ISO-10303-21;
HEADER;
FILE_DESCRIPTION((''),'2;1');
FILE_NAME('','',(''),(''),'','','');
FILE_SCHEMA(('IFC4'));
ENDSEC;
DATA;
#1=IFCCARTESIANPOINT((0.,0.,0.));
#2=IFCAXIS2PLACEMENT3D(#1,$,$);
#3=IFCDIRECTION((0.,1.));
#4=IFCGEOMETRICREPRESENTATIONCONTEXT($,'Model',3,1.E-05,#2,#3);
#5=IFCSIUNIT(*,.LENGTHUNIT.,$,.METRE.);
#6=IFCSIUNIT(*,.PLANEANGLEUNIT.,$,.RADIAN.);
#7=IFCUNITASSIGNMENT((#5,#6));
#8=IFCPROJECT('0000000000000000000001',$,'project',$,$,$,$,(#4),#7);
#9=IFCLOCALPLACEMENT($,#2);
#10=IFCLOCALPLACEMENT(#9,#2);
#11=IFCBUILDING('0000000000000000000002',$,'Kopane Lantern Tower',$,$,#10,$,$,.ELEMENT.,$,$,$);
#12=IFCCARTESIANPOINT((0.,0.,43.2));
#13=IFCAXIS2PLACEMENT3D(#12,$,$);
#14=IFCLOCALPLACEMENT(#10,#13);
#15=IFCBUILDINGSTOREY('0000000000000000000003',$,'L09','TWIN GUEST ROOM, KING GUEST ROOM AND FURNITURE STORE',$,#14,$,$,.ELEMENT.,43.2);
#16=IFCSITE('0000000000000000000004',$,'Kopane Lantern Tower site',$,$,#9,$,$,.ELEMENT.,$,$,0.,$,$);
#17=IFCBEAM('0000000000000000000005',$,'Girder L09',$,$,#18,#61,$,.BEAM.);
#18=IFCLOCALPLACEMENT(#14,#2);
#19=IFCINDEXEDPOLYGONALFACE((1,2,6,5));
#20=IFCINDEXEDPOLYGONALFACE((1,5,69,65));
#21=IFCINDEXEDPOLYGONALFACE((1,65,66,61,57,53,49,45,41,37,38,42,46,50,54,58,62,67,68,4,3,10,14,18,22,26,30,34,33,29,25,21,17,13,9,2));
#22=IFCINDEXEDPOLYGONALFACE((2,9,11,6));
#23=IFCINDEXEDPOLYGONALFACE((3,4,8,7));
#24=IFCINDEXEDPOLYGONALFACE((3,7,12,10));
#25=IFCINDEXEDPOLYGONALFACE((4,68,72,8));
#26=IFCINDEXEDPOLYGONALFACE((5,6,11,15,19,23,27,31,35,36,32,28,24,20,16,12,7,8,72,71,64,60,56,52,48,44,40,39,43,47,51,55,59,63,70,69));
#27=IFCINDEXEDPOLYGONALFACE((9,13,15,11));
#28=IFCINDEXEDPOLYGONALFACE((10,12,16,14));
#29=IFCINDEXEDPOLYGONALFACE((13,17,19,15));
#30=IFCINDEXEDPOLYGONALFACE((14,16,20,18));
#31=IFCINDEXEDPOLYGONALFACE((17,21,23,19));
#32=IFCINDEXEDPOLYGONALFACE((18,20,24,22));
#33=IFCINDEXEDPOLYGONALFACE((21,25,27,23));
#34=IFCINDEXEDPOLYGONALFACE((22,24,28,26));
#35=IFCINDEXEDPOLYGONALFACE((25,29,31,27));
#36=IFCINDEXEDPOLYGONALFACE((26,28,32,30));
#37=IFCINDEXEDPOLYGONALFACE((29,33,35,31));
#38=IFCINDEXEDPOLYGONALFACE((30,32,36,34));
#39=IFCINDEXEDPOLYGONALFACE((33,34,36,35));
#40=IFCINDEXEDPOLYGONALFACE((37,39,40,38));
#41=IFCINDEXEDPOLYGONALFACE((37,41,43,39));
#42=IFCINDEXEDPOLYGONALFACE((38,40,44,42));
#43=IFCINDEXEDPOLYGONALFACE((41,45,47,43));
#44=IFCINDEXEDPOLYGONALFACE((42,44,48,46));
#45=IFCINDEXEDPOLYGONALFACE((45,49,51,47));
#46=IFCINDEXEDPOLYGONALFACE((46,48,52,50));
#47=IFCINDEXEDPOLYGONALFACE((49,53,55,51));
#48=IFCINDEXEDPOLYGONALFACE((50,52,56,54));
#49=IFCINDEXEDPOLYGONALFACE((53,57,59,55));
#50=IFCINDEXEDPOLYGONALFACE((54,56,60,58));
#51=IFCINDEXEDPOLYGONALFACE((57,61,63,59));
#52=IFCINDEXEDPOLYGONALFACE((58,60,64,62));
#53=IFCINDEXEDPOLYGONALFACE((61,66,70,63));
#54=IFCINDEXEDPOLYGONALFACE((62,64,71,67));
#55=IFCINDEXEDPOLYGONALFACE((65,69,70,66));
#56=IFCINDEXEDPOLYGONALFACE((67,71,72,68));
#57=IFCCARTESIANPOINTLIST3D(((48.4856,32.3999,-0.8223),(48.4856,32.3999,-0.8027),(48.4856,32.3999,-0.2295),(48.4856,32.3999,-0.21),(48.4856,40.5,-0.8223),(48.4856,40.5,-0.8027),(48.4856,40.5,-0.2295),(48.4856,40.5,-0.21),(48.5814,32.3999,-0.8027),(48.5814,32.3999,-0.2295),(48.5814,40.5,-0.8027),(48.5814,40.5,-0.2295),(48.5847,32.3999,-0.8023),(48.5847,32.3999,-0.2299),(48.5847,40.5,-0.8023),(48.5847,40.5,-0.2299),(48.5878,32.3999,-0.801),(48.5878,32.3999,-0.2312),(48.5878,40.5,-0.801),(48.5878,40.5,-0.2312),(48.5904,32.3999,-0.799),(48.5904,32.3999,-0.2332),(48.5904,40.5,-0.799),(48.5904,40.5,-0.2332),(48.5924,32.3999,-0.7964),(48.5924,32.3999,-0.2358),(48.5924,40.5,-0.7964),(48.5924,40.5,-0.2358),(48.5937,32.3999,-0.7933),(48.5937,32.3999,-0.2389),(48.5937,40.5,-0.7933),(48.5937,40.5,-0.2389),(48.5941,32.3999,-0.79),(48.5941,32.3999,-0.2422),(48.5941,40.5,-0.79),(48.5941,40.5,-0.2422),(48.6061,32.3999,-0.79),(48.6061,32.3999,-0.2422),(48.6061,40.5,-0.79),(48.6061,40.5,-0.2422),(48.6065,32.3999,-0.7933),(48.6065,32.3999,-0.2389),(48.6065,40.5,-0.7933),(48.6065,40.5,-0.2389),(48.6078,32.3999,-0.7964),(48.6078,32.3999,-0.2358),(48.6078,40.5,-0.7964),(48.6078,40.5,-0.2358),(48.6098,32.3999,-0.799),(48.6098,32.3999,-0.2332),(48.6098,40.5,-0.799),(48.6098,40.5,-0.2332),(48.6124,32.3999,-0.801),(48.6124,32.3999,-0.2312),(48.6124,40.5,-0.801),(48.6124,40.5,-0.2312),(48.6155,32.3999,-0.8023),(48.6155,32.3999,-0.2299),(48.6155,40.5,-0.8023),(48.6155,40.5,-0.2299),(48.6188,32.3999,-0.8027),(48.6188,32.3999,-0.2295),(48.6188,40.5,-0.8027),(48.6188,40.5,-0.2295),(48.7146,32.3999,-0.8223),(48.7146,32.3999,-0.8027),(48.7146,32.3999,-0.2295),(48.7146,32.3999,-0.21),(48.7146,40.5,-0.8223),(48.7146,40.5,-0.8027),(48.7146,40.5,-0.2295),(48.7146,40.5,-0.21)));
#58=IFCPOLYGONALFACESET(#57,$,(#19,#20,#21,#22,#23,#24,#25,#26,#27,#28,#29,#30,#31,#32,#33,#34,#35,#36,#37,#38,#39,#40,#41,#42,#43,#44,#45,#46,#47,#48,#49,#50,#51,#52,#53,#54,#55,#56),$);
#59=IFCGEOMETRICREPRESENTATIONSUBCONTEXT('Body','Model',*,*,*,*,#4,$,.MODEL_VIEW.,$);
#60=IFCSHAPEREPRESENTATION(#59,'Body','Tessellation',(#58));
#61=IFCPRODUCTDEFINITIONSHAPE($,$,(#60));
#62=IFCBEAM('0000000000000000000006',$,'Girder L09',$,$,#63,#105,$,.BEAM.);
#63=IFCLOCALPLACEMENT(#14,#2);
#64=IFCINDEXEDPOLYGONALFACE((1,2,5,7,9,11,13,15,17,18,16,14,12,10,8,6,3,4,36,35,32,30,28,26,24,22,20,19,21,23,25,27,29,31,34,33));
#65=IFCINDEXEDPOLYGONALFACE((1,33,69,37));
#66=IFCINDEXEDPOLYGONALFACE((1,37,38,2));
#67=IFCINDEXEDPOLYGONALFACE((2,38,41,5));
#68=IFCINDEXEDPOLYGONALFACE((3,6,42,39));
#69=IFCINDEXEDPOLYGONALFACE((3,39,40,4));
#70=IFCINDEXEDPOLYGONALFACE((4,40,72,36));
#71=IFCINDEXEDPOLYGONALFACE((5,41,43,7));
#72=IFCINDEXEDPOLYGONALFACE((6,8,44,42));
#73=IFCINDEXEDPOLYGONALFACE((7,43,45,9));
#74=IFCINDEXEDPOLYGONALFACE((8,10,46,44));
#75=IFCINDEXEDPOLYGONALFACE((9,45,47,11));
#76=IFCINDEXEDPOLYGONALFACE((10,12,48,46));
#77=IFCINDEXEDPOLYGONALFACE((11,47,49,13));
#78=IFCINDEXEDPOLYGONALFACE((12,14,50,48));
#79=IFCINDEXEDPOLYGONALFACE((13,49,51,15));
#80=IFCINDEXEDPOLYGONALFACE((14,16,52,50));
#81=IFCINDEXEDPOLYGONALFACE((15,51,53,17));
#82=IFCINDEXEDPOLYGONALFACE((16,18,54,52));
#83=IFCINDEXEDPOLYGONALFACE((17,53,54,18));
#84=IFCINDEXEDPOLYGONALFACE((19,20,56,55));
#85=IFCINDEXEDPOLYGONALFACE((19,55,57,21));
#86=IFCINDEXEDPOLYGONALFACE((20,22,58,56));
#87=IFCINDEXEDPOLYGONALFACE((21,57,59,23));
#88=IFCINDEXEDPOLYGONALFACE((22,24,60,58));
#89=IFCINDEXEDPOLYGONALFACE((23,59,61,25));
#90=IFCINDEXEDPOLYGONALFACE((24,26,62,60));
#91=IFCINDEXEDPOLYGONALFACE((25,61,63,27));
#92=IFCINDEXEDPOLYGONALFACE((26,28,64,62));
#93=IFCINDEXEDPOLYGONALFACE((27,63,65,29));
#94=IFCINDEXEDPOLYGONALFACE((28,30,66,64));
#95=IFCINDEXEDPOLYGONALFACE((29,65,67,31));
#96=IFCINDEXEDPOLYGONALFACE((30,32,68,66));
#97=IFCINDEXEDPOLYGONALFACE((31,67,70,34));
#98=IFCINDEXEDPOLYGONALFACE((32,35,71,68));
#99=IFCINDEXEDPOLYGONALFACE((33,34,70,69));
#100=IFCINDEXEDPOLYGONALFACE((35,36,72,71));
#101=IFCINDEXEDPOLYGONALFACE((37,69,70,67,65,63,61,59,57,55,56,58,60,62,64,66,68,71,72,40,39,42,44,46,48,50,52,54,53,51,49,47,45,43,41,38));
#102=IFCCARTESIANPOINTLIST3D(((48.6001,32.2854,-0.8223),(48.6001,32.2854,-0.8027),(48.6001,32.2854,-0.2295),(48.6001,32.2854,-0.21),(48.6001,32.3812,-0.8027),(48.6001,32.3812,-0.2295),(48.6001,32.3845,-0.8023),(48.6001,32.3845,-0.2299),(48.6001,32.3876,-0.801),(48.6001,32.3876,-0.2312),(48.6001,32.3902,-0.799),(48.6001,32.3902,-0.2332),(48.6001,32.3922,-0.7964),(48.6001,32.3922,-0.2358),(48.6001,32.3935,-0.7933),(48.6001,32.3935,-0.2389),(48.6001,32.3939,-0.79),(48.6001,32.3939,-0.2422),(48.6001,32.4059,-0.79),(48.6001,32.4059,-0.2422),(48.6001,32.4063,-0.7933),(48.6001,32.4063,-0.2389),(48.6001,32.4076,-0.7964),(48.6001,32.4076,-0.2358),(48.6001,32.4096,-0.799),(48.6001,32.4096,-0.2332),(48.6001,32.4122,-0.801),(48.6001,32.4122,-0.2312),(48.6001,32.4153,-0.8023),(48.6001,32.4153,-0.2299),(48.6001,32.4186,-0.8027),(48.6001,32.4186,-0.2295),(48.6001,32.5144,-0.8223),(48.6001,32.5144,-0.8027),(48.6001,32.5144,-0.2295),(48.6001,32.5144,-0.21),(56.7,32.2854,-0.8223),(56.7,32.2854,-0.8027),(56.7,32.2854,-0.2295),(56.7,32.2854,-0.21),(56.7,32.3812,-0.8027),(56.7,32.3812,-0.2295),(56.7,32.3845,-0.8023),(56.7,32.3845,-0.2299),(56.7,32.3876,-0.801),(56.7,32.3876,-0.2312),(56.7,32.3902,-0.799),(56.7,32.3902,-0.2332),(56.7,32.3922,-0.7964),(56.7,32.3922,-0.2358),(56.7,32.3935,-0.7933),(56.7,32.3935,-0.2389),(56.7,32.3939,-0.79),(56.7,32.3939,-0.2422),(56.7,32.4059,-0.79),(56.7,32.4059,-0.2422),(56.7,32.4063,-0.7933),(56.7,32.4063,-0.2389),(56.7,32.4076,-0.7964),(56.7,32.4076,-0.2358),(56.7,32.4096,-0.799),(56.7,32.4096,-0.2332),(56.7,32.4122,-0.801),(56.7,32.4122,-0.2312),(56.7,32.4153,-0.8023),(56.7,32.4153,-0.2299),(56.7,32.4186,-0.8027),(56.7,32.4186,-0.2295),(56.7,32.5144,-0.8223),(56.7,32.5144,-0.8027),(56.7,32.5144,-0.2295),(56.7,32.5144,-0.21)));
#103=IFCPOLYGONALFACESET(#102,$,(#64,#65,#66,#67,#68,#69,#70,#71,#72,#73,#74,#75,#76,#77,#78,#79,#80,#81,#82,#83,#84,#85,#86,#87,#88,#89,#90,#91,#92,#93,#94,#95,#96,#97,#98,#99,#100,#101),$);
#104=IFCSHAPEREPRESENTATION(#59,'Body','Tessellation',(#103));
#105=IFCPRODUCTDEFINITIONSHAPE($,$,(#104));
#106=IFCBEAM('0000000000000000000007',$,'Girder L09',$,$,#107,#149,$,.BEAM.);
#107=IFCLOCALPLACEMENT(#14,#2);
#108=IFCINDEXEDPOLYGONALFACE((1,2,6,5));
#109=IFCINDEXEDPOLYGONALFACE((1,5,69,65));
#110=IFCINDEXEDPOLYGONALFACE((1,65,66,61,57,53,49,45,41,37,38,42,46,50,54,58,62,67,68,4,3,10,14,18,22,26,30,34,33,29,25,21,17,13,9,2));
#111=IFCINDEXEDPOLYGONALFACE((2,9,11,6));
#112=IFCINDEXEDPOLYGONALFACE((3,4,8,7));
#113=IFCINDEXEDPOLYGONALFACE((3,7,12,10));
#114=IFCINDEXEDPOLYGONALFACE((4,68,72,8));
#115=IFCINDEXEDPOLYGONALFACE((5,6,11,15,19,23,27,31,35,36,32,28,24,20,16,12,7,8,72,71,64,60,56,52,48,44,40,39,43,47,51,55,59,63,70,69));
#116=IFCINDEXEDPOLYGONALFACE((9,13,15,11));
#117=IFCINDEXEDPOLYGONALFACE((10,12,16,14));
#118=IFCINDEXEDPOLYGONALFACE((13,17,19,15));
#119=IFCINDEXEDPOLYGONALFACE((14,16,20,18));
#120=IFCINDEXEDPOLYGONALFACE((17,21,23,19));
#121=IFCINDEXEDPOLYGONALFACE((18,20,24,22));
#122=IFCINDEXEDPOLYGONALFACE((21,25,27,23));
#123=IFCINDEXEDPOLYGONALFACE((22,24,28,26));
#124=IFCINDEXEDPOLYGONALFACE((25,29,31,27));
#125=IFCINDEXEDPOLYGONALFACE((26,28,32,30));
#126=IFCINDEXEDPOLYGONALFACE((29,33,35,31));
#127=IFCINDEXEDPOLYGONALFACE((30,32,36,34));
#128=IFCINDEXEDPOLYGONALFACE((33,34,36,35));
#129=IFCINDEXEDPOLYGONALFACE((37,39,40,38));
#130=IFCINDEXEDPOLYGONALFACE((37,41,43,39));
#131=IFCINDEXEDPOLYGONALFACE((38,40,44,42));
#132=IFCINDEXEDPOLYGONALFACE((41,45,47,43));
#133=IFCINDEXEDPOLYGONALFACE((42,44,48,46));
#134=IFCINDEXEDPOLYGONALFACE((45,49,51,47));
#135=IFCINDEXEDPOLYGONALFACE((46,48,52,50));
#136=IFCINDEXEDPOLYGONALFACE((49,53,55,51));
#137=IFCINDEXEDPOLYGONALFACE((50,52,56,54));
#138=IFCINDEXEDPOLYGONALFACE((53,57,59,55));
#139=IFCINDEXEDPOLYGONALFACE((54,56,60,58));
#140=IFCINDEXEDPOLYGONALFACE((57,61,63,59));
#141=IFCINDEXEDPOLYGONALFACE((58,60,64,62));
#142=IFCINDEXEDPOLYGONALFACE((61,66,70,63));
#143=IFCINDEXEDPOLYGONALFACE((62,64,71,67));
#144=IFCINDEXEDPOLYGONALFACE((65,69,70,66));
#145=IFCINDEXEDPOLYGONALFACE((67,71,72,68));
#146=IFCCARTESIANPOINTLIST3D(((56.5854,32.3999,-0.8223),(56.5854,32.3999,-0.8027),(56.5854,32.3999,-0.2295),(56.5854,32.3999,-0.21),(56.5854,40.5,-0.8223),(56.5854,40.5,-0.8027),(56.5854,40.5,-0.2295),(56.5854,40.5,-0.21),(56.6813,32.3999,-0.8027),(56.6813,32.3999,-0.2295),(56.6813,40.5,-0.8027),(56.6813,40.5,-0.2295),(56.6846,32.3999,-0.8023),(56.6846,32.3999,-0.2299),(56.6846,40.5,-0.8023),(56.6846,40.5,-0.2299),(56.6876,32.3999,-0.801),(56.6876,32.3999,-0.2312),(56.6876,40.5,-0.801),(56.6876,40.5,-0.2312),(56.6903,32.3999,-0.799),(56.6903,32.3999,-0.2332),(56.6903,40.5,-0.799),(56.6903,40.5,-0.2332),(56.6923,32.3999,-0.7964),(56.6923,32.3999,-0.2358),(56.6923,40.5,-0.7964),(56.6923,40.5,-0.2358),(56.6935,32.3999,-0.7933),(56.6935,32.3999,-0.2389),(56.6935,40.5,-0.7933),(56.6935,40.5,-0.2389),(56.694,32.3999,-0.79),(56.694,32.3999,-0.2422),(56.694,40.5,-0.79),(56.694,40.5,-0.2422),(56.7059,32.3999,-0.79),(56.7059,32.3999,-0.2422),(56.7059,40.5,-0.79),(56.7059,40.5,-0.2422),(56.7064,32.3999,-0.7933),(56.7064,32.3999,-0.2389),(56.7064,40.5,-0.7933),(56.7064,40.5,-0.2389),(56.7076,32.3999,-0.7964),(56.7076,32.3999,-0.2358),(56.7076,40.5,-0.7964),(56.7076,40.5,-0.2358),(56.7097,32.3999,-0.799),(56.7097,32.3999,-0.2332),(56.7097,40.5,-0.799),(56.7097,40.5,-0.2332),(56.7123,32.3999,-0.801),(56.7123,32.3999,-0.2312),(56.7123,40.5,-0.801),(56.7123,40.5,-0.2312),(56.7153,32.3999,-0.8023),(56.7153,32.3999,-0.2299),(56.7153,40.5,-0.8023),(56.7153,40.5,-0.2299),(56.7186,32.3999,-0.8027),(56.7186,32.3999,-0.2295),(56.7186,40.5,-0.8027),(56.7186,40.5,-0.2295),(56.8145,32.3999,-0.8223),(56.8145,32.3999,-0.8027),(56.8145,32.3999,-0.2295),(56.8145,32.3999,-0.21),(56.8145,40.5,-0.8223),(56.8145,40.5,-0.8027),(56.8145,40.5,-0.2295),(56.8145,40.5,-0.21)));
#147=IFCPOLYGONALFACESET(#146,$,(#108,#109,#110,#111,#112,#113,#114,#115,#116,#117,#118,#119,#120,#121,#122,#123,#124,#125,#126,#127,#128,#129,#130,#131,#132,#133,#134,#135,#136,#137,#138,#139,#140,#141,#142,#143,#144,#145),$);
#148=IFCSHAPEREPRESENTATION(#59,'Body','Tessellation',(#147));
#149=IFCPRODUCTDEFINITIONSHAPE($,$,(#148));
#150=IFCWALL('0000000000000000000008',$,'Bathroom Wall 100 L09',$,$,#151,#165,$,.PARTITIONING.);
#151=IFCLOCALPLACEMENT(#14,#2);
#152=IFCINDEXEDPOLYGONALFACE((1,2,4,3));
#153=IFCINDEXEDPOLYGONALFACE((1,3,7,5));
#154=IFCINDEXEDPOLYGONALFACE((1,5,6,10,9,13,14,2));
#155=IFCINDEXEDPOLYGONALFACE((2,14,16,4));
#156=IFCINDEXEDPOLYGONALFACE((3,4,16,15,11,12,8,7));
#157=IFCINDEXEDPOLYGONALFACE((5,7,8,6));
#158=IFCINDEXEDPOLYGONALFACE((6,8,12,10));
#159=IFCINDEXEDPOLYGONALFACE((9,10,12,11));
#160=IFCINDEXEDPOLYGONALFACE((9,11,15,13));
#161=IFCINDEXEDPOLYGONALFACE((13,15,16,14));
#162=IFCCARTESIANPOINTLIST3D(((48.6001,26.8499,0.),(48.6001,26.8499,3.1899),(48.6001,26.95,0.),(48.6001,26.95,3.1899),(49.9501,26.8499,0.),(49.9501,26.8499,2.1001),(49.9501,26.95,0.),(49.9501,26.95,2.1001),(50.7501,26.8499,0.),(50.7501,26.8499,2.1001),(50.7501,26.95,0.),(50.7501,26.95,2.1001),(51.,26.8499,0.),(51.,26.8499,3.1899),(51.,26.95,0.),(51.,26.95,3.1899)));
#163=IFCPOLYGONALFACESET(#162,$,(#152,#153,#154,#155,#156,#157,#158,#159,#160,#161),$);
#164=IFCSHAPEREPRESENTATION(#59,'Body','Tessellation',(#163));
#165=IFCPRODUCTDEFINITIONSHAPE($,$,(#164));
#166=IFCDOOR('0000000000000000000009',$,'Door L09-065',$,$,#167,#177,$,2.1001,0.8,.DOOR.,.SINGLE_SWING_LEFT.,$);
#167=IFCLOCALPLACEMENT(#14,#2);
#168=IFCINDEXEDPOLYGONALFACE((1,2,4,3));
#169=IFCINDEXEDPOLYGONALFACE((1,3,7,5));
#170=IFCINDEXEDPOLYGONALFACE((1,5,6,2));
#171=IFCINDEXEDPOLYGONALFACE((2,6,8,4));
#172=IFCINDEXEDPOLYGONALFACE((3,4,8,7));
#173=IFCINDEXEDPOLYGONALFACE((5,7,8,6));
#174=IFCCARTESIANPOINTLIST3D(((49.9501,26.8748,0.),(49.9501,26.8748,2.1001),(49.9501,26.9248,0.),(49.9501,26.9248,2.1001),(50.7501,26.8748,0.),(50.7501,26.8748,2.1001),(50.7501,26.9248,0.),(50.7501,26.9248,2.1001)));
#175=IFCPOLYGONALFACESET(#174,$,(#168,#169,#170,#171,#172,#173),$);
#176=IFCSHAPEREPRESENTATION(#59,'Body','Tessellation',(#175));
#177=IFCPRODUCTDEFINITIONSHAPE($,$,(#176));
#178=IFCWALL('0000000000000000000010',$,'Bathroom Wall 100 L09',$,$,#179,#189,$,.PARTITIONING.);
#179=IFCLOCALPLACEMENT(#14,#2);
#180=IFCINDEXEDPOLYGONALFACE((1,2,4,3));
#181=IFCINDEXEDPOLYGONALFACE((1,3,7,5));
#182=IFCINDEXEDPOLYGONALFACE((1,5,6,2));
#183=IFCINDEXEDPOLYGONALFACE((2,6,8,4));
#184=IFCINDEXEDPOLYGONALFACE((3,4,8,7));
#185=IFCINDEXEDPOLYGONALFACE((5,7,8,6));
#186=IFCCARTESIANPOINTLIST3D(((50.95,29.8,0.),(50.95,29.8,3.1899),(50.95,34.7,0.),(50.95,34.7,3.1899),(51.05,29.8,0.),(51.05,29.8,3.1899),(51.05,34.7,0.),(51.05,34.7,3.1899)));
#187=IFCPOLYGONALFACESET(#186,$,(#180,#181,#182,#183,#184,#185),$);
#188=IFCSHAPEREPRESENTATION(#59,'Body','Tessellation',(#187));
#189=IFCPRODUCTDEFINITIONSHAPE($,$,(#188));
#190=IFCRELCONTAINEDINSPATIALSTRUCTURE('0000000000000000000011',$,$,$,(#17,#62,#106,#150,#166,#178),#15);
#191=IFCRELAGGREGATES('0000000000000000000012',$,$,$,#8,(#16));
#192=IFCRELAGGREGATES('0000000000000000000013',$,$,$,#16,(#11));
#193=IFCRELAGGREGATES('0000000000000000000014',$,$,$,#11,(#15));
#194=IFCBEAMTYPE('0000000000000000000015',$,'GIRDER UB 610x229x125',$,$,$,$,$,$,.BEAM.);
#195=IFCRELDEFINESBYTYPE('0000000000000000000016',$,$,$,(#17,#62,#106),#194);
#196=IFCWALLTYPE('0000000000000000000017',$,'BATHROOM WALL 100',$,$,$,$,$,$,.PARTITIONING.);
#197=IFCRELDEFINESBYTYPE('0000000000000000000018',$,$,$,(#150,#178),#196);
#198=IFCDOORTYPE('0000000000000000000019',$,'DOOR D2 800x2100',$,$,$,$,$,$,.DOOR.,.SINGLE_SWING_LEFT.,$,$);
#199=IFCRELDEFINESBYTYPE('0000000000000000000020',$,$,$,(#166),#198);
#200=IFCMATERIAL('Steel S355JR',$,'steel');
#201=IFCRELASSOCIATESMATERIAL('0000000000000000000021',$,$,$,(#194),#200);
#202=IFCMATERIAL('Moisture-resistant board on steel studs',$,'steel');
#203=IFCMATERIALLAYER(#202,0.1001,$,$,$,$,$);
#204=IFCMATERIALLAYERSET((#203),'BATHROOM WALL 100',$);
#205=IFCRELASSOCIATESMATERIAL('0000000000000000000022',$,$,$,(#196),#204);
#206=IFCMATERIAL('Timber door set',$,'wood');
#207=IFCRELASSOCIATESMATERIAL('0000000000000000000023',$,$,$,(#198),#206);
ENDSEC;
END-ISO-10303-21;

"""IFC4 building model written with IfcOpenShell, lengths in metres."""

from ifc_helpers import new_model, si_unit, direction, frame, frame_2d, origin, origin_2d, place, context, subcontext, project, spatial, rectangle, i_section, extrude, material, layer, layer_set, material_profile, profile_set, type_object, element, fill, save


model = new_model("IFC4")

# Units and contexts
model_context = context("Model", 3, precision=1e-05, world=origin(), true_north=direction((0.0, 1.0)))
body_context = subcontext(model_context, "Body", "Model", "MODEL_VIEW")
ifc_project = project(units=[si_unit("LENGTHUNIT", "METRE"), si_unit("PLANEANGLEUNIT", "RADIAN")], contexts=[model_context])

# Site, building, storey
site_placement = place(None, origin())
site = spatial("IfcSite", under=ifc_project, at=site_placement, Name="Kopane Lantern Tower site", CompositionType="ELEMENT", RefElevation=0.0)
building_placement = place(site_placement, origin())
building = spatial("IfcBuilding", under=site, at=building_placement, Name="Kopane Lantern Tower", CompositionType="ELEMENT")
storey_placement = place(building_placement, frame((0.0, 0.0, 43.2)))
storey = spatial("IfcBuildingStorey", under=building, at=storey_placement, Name="L09", Description="TWIN GUEST ROOM, KING GUEST ROOM AND FURNITURE STORE", CompositionType="ELEMENT", Elevation=43.2)

# Beams
ifc_material_1 = material(Name="Steel S355JR", Category="steel")
ifc_material_profile_1 = material_profile(ifc_material_1, i_section(OverallWidth=0.229, OverallDepth=0.6123, WebThickness=0.012, FlangeThickness=0.0195, FilletRadius=0.0127, at=origin_2d()), Name="UB 610x229x125")
ifc_profile_set_1 = profile_set([ifc_material_profile_1], Name="Steel S355JR")
beam_type = type_object("IfcBeamType", Name="GIRDER UB 610x229x125", PredefinedType="BEAM", material=ifc_profile_set_1)
for number, where, z_axis, x_axis, name in (
    (1, (48.6001, 32.3999, -0.5161), (0.0, 1.0, 0.0), (-1.0, 0.0, 0.0), "Girder L09"),
):
    element("IfcBeam", number, at=place(storey_placement, frame(where, z_axis=z_axis, x_axis=x_axis)), inside=storey, type_object=beam_type, Name=name, PredefinedType="BEAM", context=body_context, shape_type="SweptSolid", body=[
        extrude(i_section(OverallWidth=0.229, OverallDepth=0.6123, WebThickness=0.012, FlangeThickness=0.0195, FilletRadius=0.0127, at=origin_2d()), origin(), (0.0, 0.0, 1.0), 8.1001),
    ])
beam_1_placement = place(storey_placement, frame((48.6001, 32.3999, -0.5161), z_axis=(1.0, 0.0, 0.0), x_axis=(0.0, 1.0, 0.0)))
element("IfcBeam", 2, at=beam_1_placement, inside=storey, type_object=beam_type, Name="Girder L09", PredefinedType="BEAM", context=body_context, shape_type="SweptSolid", body=[
    extrude(i_section(OverallWidth=0.229, OverallDepth=0.6123, WebThickness=0.012, FlangeThickness=0.0195, FilletRadius=0.0127, at=origin_2d()), origin(), (0.0, 0.0, 1.0), 8.0999),
])
beam_2_placement = place(storey_placement, frame((56.7, 32.3999, -0.5161), z_axis=(0.0, 1.0, 0.0), x_axis=(-1.0, 0.0, 0.0)))
element("IfcBeam", 3, at=beam_2_placement, inside=storey, type_object=beam_type, Name="Girder L09", PredefinedType="BEAM", context=body_context, shape_type="SweptSolid", body=[
    extrude(i_section(OverallWidth=0.229, OverallDepth=0.6123, WebThickness=0.012, FlangeThickness=0.0195, FilletRadius=0.0127, at=origin_2d()), origin(), (0.0, 0.0, 1.0), 8.1001),
])

# Wall, opening, door
ifc_material_2 = material(Name="Moisture-resistant board on steel studs", Category="steel")
ifc_layer_1 = layer(ifc_material_2, 0.1001)
ifc_layer_set_1 = layer_set([ifc_layer_1], Name="BATHROOM WALL 100")
wall_type_1 = type_object("IfcWallType", Name="BATHROOM WALL 100", PredefinedType="PARTITIONING", material=ifc_layer_set_1)
wall_1_placement = place(storey_placement, frame((48.6001, 26.8999, 0.0), z_axis=(0.0, 0.0, 1.0), x_axis=(1.0, 0.0, 0.0)))
wall_1 = element("IfcWall", 4, at=wall_1_placement, inside=storey, type_object=wall_type_1, Name="Bathroom Wall 100 L09", PredefinedType="PARTITIONING", context=body_context, shape_type="SweptSolid", body=[
    extrude(rectangle(XDim=2.3999, YDim=0.1001, at=frame_2d((1.2, 0.0))), origin(), (0.0, 0.0, 1.0), 3.1899),
])
opening_1_placement = place(wall_1_placement, frame((1.3501, 0.0, 0.0)))
opening_1 = element("IfcOpeningElement", 5, at=opening_1_placement, cuts=wall_1, PredefinedType="OPENING", context=body_context, shape_type="SweptSolid", body=[
    extrude(rectangle(XDim=0.8, YDim=2.1001, at=frame_2d((0.3999, 1.05))), frame((0.0, 0.0601, 0.0), z_axis=(0.0, -1.0, 0.0), x_axis=(1.0, 0.0, 0.0)), (0.0, 0.0, 1.0), 0.1201),
])
ifc_material_3 = material(Name="Timber door set", Category="wood")
door_type = type_object("IfcDoorType", Name="DOOR D2 800x2100", OperationType="SINGLE_SWING_LEFT", PredefinedType="DOOR", material=ifc_material_3)
door_1_placement = place(opening_1_placement, origin())
door_1 = element("IfcDoor", 6, at=door_1_placement, inside=storey, type_object=door_type, Name="Door L09-065", OperationType="SINGLE_SWING_LEFT", OverallHeight=2.1001, OverallWidth=0.8, PredefinedType="DOOR", context=body_context, shape_type="SweptSolid", body=[
    extrude(rectangle(XDim=0.8, YDim=2.1001, at=frame_2d((0.3999, 1.05))), frame((0.0, 0.0249, 0.0), z_axis=(0.0, -1.0, 0.0), x_axis=(1.0, 0.0, 0.0)), (0.0, 0.0, 1.0), 0.05),
])
fill(opening_1, door_1)

# Wall
wall_2_placement = place(storey_placement, frame((51.0, 29.8, 0.0), z_axis=(0.0, 0.0, 1.0), x_axis=(0.0, 1.0, 0.0)))
element("IfcWall", 7, at=wall_2_placement, inside=storey, type_object=wall_type_1, Name="Bathroom Wall 100 L09", PredefinedType="PARTITIONING", context=body_context, shape_type="SweptSolid", body=[
    extrude(rectangle(XDim=4.8999, YDim=0.1001, at=frame_2d((2.45, 0.0))), origin(), (0.0, 0.0, 1.0), 3.1899),
])

save(model, "model.ifc")
